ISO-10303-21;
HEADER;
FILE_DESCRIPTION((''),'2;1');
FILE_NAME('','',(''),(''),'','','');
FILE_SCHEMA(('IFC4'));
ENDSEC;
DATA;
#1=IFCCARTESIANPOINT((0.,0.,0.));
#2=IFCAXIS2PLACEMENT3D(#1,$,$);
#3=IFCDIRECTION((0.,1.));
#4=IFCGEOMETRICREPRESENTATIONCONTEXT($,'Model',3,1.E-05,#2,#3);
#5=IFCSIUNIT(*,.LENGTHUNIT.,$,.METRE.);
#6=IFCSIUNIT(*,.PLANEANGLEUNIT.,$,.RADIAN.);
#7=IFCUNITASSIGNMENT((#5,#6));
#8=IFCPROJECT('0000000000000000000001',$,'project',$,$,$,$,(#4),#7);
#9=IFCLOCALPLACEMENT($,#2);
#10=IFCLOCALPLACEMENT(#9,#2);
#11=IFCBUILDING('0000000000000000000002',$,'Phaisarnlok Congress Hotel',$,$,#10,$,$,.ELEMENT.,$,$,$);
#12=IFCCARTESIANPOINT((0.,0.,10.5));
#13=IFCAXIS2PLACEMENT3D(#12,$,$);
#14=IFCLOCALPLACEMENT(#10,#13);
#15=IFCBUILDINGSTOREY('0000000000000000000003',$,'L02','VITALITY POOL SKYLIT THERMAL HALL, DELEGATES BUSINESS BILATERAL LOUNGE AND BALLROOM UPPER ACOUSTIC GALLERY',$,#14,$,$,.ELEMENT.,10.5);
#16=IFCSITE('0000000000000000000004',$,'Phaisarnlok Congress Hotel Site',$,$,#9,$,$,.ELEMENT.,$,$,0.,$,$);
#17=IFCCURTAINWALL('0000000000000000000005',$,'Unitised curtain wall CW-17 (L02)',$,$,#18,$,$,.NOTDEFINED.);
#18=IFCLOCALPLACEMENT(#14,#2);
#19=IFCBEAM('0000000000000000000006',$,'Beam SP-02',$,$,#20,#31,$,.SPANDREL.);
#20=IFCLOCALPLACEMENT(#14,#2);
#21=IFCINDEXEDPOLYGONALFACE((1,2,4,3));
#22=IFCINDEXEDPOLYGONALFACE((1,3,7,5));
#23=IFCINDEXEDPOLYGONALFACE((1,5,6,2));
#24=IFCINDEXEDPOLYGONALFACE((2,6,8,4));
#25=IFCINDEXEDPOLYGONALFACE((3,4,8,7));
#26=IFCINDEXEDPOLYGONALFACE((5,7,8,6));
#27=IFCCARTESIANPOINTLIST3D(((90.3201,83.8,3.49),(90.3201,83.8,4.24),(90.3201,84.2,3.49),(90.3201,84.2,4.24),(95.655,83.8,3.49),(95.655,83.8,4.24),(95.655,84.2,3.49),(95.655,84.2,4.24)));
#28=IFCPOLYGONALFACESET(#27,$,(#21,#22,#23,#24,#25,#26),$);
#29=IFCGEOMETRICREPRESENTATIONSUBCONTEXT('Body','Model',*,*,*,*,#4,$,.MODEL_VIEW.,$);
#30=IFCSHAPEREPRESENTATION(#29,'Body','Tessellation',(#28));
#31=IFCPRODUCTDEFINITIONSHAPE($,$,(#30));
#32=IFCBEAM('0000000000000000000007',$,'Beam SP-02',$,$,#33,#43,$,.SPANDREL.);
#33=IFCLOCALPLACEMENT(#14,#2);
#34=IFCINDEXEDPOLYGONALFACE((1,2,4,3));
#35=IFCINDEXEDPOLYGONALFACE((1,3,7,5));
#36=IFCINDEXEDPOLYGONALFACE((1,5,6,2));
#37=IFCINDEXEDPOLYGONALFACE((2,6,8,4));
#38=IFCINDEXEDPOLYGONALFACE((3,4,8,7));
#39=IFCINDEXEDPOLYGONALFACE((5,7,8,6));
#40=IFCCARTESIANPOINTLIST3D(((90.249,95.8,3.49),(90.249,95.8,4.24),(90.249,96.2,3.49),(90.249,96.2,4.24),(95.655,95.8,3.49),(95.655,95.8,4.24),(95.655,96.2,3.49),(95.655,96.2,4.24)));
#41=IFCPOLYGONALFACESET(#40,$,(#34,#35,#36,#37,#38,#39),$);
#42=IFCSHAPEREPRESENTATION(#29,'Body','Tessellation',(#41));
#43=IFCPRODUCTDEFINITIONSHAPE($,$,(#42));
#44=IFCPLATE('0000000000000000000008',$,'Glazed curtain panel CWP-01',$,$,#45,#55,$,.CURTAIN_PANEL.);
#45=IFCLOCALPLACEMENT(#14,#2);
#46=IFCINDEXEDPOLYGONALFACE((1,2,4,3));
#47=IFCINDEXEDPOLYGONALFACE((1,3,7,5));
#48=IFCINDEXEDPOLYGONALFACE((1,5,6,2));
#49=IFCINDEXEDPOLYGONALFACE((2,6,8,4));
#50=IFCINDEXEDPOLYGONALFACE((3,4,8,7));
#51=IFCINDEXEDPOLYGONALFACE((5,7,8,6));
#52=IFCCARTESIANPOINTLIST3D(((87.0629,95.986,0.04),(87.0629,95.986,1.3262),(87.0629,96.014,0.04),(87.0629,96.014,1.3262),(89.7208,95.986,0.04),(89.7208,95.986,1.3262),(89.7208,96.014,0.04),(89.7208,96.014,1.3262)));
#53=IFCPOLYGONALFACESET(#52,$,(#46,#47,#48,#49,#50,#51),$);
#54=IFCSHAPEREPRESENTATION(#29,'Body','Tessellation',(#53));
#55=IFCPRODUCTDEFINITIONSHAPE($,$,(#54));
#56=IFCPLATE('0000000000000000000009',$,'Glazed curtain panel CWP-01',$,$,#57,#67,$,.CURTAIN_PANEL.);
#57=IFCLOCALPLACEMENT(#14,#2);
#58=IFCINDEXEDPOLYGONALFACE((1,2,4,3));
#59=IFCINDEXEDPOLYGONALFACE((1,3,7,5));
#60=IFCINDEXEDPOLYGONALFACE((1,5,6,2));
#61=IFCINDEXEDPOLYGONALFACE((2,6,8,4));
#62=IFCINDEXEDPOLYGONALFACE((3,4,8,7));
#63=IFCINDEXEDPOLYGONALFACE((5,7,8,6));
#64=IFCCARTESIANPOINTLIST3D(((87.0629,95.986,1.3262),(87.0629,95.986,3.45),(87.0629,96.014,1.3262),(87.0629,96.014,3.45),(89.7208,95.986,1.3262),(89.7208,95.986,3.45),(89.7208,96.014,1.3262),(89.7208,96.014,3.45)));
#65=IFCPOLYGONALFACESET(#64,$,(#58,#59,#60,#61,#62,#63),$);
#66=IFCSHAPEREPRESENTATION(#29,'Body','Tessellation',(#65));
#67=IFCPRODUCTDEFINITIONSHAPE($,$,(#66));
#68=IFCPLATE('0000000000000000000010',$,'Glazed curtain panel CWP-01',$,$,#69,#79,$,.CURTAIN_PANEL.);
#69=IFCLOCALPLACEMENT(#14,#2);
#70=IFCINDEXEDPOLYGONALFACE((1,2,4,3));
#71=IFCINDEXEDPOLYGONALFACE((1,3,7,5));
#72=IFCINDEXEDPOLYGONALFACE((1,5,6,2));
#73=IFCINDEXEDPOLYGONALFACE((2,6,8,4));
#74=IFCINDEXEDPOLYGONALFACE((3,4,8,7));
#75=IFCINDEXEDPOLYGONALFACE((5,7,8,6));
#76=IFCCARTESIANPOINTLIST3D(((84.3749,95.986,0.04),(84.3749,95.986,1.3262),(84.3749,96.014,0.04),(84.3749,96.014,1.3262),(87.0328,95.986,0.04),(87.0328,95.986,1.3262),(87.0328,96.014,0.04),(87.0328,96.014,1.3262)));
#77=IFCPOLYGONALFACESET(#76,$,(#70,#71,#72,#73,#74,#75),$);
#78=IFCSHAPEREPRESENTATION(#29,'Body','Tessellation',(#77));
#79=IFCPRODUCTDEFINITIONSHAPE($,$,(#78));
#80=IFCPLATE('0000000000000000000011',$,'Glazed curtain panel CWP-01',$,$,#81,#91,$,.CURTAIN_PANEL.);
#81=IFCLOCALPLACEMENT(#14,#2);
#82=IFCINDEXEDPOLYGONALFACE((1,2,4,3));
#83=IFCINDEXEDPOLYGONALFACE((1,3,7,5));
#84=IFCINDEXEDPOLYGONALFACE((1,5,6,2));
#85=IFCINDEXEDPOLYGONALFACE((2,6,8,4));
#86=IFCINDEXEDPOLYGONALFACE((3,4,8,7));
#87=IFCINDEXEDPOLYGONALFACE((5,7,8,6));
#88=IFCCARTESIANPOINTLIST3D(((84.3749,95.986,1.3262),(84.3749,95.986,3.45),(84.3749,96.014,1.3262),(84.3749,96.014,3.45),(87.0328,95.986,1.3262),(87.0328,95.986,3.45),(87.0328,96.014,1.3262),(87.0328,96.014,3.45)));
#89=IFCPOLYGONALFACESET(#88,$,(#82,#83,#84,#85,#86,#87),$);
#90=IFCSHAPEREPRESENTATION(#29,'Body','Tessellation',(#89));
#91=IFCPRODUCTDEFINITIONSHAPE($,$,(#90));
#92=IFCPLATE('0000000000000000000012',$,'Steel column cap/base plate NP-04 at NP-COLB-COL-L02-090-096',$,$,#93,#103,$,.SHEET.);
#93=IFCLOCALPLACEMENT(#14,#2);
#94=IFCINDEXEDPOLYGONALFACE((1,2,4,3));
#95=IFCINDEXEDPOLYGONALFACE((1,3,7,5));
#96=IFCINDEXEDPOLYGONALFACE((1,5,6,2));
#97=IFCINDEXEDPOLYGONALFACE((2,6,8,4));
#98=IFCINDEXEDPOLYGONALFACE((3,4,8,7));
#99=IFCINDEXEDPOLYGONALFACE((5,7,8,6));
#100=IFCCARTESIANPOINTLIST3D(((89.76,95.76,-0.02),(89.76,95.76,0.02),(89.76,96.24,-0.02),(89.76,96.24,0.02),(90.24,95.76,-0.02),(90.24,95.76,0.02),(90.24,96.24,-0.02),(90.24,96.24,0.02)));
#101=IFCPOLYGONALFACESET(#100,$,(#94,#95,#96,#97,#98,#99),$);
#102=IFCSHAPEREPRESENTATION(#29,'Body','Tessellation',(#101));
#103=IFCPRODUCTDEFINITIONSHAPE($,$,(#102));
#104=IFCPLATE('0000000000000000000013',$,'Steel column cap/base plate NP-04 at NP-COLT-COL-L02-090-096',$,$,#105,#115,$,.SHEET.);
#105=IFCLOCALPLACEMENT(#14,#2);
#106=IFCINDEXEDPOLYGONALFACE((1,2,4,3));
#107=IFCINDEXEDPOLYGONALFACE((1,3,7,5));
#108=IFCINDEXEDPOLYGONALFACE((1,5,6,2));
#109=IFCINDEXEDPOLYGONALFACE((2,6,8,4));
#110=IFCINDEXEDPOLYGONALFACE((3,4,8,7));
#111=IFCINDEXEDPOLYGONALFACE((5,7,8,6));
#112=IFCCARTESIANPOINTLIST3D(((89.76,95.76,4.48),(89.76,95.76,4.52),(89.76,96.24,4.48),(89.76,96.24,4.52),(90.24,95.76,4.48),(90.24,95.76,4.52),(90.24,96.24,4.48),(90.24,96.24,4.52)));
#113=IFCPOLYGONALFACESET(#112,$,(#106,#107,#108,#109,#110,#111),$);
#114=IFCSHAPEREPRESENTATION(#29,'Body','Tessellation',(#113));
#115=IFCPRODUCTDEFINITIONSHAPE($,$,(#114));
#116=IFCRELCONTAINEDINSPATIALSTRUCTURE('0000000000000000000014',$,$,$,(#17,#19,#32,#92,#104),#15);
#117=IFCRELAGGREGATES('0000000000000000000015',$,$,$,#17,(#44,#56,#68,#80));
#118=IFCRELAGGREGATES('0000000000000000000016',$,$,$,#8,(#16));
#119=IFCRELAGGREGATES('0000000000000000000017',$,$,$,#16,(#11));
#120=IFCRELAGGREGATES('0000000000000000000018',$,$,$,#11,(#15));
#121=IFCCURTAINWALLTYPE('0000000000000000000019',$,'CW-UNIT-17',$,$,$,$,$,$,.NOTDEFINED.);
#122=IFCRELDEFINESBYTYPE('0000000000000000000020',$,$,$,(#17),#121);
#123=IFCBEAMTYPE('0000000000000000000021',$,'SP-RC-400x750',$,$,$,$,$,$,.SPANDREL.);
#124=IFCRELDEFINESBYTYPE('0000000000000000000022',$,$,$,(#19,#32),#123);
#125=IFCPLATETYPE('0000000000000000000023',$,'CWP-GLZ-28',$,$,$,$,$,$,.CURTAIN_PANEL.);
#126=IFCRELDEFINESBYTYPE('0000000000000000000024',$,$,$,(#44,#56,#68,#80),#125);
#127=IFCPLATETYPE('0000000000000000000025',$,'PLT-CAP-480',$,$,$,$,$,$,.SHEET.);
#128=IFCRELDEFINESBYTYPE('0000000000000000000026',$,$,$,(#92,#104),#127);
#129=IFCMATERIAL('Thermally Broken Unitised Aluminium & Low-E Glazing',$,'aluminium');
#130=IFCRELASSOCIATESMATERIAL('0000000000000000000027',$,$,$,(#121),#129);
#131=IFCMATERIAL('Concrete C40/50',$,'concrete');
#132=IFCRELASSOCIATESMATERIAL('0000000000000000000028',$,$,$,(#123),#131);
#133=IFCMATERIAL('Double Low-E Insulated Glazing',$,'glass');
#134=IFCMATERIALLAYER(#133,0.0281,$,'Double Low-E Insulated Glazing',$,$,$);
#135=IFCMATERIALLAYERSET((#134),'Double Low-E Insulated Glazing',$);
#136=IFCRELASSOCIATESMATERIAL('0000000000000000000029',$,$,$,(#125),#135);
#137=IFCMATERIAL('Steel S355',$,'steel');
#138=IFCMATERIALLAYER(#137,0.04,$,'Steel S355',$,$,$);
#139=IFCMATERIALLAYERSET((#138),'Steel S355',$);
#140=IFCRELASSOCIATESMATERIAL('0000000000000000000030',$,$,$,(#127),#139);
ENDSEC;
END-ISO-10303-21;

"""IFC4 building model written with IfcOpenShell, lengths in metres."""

from ifc_helpers import new_model, si_unit, direction, frame, frame_2d, origin, origin_2d, place, context, subcontext, project, spatial, rectangle, extrude, material, layer, layer_set, material_profile, profile_set, type_object, element, aggregate, save


model = new_model("IFC4")

# Units and contexts
model_context = context("Model", 3, precision=1e-05, world=origin(), true_north=direction((0.0, 1.0)))
body_context = subcontext(model_context, "Body", "Model", "MODEL_VIEW")
ifc_project = project(units=[si_unit("LENGTHUNIT", "METRE"), si_unit("PLANEANGLEUNIT", "RADIAN")], contexts=[model_context])

# Site, building, storey
site_placement = place(None, origin())
site = spatial("IfcSite", under=ifc_project, at=site_placement, Name="Phaisarnlok Congress Hotel Site", CompositionType="ELEMENT", RefElevation=0.0)
building_placement = place(site_placement, origin())
building = spatial("IfcBuilding", under=site, at=building_placement, Name="Phaisarnlok Congress Hotel", CompositionType="ELEMENT")
storey_placement = place(building_placement, frame((0.0, 0.0, 10.5)))
storey = spatial("IfcBuildingStorey", under=building, at=storey_placement, Name="L02", Description="VITALITY POOL SKYLIT THERMAL HALL, DELEGATES BUSINESS BILATERAL LOUNGE AND BALLROOM UPPER ACOUSTIC GALLERY", CompositionType="ELEMENT", Elevation=10.5)

# Shared definitions
ifc_material_1 = material(Name="Steel S355", Category="steel")

# Shared definitions
ifc_material_2 = material(Name="Concrete C40/50", Category="concrete")

# Curtain wall
ifc_material_3 = material(Name="Thermally Broken Unitised Aluminium & Low-E Glazing", Category="aluminium")
curtain_wall_type = type_object("IfcCurtainWallType", Name="CW-UNIT-17", PredefinedType="NOTDEFINED", material=ifc_material_3)
curtain_wall_placement = place(storey_placement, origin())
curtain_wall = element("IfcCurtainWall", 1, at=curtain_wall_placement, inside=storey, type_object=curtain_wall_type, Name="Unitised curtain wall CW-17 (L02)", PredefinedType="NOTDEFINED")

# Beams
ifc_material_profile_1 = material_profile(ifc_material_2, rectangle(XDim=0.3999, YDim=0.75, at=origin_2d()), Name="RC 400x750")
ifc_profile_set_1 = profile_set([ifc_material_profile_1], Name="Concrete C40/50")
beam_type_1 = type_object("IfcBeamType", Name="SP-RC-400x750", PredefinedType="SPANDREL", material=ifc_profile_set_1)
beam_1_placement = place(storey_placement, frame((90.3201, 84.0, 3.865), z_axis=(1.0, 0.0, 0.0), x_axis=(0.0, 1.0, 0.0)))
element("IfcBeam", 2, at=beam_1_placement, inside=storey, type_object=beam_type_1, Name="Beam SP-02", PredefinedType="SPANDREL", context=body_context, shape_type="SweptSolid", body=[
    extrude(rectangle(XDim=0.3999, YDim=0.75, at=origin_2d()), origin(), (0.0, 0.0, 1.0), 5.335),
])
beam_2_placement = place(storey_placement, frame((90.249, 96.0, 3.865), z_axis=(1.0, 0.0, 0.0), x_axis=(0.0, 1.0, 0.0)))
element("IfcBeam", 3, at=beam_2_placement, inside=storey, type_object=beam_type_1, Name="Beam SP-02", PredefinedType="SPANDREL", context=body_context, shape_type="SweptSolid", body=[
    extrude(rectangle(XDim=0.3999, YDim=0.75, at=origin_2d()), origin(), (0.0, 0.0, 1.0), 5.406),
])

# Plates
ifc_material_4 = material(Name="Double Low-E Insulated Glazing", Category="glass")
ifc_layer_1 = layer(ifc_material_4, 0.0281, Name="Double Low-E Insulated Glazing")
ifc_layer_set_1 = layer_set([ifc_layer_1], Name="Double Low-E Insulated Glazing")
plate_type_1 = type_object("IfcPlateType", Name="CWP-GLZ-28", PredefinedType="CURTAIN_PANEL", material=ifc_layer_set_1)
plate_1_placement = place(storey_placement, frame((89.7209, 96.0, 0.04), z_axis=(0.0, 0.0, 1.0), x_axis=(-1.0, 0.0, 0.0)))
plate_1 = element("IfcPlate", 4, at=plate_1_placement, type_object=plate_type_1, Name="Glazed curtain panel CWP-01", PredefinedType="CURTAIN_PANEL", context=body_context, shape_type="SweptSolid", body=[
    extrude(rectangle(XDim=2.658, YDim=0.0281, at=frame_2d((1.3291, 0.0))), origin(), (0.0, 0.0, 1.0), 1.2861),
])
plate_2_placement = place(storey_placement, frame((89.7209, 96.0, 1.3262), z_axis=(0.0, 0.0, 1.0), x_axis=(-1.0, 0.0, 0.0)))
plate_2 = element("IfcPlate", 5, at=plate_2_placement, type_object=plate_type_1, Name="Glazed curtain panel CWP-01", PredefinedType="CURTAIN_PANEL", context=body_context, shape_type="SweptSolid", body=[
    extrude(rectangle(XDim=2.658, YDim=0.0281, at=frame_2d((1.3291, 0.0))), origin(), (0.0, 0.0, 1.0), 2.1238),
])
plate_3_placement = place(storey_placement, frame((87.033, 96.0, 0.04), z_axis=(0.0, 0.0, 1.0), x_axis=(-1.0, 0.0, 0.0)))
plate_3 = element("IfcPlate", 6, at=plate_3_placement, type_object=plate_type_1, Name="Glazed curtain panel CWP-01", PredefinedType="CURTAIN_PANEL", context=body_context, shape_type="SweptSolid", body=[
    extrude(rectangle(XDim=2.658, YDim=0.0281, at=frame_2d((1.3291, 0.0))), origin(), (0.0, 0.0, 1.0), 1.2861),
])
plate_4_placement = place(storey_placement, frame((87.033, 96.0, 1.3262), z_axis=(0.0, 0.0, 1.0), x_axis=(-1.0, 0.0, 0.0)))
plate_4 = element("IfcPlate", 7, at=plate_4_placement, type_object=plate_type_1, Name="Glazed curtain panel CWP-01", PredefinedType="CURTAIN_PANEL", context=body_context, shape_type="SweptSolid", body=[
    extrude(rectangle(XDim=2.658, YDim=0.0281, at=frame_2d((1.3291, 0.0))), origin(), (0.0, 0.0, 1.0), 2.1238),
])
aggregate(curtain_wall, [plate_1, plate_2, plate_3, plate_4])

# Plates
ifc_layer_2 = layer(ifc_material_1, 0.04, Name="Steel S355")
ifc_layer_set_2 = layer_set([ifc_layer_2], Name="Steel S355")
plate_type_2 = type_object("IfcPlateType", Name="PLT-CAP-480", PredefinedType="SHEET", material=ifc_layer_set_2)
for number, where, z_axis, x_axis, name in (
    (8, (90.0, 96.0, -0.02), (0.0, 0.0, 1.0), (1.0, 0.0, 0.0), "Steel column cap/base plate NP-04 at NP-COLB-COL-L02-090-096"),
    (9, (90.0, 96.0, 4.48), (0.0, 0.0, 1.0), (1.0, 0.0, 0.0), "Steel column cap/base plate NP-04 at NP-COLT-COL-L02-090-096"),
):
    element("IfcPlate", number, at=place(storey_placement, frame(where, z_axis=z_axis, x_axis=x_axis)), inside=storey, type_object=plate_type_2, Name=name, PredefinedType="SHEET", context=body_context, shape_type="SweptSolid", body=[
        extrude(rectangle(XDim=0.48, YDim=0.48, at=origin_2d()), origin(), (0.0, 0.0, 1.0), 0.04),
    ])

save(model, "model.ifc")
